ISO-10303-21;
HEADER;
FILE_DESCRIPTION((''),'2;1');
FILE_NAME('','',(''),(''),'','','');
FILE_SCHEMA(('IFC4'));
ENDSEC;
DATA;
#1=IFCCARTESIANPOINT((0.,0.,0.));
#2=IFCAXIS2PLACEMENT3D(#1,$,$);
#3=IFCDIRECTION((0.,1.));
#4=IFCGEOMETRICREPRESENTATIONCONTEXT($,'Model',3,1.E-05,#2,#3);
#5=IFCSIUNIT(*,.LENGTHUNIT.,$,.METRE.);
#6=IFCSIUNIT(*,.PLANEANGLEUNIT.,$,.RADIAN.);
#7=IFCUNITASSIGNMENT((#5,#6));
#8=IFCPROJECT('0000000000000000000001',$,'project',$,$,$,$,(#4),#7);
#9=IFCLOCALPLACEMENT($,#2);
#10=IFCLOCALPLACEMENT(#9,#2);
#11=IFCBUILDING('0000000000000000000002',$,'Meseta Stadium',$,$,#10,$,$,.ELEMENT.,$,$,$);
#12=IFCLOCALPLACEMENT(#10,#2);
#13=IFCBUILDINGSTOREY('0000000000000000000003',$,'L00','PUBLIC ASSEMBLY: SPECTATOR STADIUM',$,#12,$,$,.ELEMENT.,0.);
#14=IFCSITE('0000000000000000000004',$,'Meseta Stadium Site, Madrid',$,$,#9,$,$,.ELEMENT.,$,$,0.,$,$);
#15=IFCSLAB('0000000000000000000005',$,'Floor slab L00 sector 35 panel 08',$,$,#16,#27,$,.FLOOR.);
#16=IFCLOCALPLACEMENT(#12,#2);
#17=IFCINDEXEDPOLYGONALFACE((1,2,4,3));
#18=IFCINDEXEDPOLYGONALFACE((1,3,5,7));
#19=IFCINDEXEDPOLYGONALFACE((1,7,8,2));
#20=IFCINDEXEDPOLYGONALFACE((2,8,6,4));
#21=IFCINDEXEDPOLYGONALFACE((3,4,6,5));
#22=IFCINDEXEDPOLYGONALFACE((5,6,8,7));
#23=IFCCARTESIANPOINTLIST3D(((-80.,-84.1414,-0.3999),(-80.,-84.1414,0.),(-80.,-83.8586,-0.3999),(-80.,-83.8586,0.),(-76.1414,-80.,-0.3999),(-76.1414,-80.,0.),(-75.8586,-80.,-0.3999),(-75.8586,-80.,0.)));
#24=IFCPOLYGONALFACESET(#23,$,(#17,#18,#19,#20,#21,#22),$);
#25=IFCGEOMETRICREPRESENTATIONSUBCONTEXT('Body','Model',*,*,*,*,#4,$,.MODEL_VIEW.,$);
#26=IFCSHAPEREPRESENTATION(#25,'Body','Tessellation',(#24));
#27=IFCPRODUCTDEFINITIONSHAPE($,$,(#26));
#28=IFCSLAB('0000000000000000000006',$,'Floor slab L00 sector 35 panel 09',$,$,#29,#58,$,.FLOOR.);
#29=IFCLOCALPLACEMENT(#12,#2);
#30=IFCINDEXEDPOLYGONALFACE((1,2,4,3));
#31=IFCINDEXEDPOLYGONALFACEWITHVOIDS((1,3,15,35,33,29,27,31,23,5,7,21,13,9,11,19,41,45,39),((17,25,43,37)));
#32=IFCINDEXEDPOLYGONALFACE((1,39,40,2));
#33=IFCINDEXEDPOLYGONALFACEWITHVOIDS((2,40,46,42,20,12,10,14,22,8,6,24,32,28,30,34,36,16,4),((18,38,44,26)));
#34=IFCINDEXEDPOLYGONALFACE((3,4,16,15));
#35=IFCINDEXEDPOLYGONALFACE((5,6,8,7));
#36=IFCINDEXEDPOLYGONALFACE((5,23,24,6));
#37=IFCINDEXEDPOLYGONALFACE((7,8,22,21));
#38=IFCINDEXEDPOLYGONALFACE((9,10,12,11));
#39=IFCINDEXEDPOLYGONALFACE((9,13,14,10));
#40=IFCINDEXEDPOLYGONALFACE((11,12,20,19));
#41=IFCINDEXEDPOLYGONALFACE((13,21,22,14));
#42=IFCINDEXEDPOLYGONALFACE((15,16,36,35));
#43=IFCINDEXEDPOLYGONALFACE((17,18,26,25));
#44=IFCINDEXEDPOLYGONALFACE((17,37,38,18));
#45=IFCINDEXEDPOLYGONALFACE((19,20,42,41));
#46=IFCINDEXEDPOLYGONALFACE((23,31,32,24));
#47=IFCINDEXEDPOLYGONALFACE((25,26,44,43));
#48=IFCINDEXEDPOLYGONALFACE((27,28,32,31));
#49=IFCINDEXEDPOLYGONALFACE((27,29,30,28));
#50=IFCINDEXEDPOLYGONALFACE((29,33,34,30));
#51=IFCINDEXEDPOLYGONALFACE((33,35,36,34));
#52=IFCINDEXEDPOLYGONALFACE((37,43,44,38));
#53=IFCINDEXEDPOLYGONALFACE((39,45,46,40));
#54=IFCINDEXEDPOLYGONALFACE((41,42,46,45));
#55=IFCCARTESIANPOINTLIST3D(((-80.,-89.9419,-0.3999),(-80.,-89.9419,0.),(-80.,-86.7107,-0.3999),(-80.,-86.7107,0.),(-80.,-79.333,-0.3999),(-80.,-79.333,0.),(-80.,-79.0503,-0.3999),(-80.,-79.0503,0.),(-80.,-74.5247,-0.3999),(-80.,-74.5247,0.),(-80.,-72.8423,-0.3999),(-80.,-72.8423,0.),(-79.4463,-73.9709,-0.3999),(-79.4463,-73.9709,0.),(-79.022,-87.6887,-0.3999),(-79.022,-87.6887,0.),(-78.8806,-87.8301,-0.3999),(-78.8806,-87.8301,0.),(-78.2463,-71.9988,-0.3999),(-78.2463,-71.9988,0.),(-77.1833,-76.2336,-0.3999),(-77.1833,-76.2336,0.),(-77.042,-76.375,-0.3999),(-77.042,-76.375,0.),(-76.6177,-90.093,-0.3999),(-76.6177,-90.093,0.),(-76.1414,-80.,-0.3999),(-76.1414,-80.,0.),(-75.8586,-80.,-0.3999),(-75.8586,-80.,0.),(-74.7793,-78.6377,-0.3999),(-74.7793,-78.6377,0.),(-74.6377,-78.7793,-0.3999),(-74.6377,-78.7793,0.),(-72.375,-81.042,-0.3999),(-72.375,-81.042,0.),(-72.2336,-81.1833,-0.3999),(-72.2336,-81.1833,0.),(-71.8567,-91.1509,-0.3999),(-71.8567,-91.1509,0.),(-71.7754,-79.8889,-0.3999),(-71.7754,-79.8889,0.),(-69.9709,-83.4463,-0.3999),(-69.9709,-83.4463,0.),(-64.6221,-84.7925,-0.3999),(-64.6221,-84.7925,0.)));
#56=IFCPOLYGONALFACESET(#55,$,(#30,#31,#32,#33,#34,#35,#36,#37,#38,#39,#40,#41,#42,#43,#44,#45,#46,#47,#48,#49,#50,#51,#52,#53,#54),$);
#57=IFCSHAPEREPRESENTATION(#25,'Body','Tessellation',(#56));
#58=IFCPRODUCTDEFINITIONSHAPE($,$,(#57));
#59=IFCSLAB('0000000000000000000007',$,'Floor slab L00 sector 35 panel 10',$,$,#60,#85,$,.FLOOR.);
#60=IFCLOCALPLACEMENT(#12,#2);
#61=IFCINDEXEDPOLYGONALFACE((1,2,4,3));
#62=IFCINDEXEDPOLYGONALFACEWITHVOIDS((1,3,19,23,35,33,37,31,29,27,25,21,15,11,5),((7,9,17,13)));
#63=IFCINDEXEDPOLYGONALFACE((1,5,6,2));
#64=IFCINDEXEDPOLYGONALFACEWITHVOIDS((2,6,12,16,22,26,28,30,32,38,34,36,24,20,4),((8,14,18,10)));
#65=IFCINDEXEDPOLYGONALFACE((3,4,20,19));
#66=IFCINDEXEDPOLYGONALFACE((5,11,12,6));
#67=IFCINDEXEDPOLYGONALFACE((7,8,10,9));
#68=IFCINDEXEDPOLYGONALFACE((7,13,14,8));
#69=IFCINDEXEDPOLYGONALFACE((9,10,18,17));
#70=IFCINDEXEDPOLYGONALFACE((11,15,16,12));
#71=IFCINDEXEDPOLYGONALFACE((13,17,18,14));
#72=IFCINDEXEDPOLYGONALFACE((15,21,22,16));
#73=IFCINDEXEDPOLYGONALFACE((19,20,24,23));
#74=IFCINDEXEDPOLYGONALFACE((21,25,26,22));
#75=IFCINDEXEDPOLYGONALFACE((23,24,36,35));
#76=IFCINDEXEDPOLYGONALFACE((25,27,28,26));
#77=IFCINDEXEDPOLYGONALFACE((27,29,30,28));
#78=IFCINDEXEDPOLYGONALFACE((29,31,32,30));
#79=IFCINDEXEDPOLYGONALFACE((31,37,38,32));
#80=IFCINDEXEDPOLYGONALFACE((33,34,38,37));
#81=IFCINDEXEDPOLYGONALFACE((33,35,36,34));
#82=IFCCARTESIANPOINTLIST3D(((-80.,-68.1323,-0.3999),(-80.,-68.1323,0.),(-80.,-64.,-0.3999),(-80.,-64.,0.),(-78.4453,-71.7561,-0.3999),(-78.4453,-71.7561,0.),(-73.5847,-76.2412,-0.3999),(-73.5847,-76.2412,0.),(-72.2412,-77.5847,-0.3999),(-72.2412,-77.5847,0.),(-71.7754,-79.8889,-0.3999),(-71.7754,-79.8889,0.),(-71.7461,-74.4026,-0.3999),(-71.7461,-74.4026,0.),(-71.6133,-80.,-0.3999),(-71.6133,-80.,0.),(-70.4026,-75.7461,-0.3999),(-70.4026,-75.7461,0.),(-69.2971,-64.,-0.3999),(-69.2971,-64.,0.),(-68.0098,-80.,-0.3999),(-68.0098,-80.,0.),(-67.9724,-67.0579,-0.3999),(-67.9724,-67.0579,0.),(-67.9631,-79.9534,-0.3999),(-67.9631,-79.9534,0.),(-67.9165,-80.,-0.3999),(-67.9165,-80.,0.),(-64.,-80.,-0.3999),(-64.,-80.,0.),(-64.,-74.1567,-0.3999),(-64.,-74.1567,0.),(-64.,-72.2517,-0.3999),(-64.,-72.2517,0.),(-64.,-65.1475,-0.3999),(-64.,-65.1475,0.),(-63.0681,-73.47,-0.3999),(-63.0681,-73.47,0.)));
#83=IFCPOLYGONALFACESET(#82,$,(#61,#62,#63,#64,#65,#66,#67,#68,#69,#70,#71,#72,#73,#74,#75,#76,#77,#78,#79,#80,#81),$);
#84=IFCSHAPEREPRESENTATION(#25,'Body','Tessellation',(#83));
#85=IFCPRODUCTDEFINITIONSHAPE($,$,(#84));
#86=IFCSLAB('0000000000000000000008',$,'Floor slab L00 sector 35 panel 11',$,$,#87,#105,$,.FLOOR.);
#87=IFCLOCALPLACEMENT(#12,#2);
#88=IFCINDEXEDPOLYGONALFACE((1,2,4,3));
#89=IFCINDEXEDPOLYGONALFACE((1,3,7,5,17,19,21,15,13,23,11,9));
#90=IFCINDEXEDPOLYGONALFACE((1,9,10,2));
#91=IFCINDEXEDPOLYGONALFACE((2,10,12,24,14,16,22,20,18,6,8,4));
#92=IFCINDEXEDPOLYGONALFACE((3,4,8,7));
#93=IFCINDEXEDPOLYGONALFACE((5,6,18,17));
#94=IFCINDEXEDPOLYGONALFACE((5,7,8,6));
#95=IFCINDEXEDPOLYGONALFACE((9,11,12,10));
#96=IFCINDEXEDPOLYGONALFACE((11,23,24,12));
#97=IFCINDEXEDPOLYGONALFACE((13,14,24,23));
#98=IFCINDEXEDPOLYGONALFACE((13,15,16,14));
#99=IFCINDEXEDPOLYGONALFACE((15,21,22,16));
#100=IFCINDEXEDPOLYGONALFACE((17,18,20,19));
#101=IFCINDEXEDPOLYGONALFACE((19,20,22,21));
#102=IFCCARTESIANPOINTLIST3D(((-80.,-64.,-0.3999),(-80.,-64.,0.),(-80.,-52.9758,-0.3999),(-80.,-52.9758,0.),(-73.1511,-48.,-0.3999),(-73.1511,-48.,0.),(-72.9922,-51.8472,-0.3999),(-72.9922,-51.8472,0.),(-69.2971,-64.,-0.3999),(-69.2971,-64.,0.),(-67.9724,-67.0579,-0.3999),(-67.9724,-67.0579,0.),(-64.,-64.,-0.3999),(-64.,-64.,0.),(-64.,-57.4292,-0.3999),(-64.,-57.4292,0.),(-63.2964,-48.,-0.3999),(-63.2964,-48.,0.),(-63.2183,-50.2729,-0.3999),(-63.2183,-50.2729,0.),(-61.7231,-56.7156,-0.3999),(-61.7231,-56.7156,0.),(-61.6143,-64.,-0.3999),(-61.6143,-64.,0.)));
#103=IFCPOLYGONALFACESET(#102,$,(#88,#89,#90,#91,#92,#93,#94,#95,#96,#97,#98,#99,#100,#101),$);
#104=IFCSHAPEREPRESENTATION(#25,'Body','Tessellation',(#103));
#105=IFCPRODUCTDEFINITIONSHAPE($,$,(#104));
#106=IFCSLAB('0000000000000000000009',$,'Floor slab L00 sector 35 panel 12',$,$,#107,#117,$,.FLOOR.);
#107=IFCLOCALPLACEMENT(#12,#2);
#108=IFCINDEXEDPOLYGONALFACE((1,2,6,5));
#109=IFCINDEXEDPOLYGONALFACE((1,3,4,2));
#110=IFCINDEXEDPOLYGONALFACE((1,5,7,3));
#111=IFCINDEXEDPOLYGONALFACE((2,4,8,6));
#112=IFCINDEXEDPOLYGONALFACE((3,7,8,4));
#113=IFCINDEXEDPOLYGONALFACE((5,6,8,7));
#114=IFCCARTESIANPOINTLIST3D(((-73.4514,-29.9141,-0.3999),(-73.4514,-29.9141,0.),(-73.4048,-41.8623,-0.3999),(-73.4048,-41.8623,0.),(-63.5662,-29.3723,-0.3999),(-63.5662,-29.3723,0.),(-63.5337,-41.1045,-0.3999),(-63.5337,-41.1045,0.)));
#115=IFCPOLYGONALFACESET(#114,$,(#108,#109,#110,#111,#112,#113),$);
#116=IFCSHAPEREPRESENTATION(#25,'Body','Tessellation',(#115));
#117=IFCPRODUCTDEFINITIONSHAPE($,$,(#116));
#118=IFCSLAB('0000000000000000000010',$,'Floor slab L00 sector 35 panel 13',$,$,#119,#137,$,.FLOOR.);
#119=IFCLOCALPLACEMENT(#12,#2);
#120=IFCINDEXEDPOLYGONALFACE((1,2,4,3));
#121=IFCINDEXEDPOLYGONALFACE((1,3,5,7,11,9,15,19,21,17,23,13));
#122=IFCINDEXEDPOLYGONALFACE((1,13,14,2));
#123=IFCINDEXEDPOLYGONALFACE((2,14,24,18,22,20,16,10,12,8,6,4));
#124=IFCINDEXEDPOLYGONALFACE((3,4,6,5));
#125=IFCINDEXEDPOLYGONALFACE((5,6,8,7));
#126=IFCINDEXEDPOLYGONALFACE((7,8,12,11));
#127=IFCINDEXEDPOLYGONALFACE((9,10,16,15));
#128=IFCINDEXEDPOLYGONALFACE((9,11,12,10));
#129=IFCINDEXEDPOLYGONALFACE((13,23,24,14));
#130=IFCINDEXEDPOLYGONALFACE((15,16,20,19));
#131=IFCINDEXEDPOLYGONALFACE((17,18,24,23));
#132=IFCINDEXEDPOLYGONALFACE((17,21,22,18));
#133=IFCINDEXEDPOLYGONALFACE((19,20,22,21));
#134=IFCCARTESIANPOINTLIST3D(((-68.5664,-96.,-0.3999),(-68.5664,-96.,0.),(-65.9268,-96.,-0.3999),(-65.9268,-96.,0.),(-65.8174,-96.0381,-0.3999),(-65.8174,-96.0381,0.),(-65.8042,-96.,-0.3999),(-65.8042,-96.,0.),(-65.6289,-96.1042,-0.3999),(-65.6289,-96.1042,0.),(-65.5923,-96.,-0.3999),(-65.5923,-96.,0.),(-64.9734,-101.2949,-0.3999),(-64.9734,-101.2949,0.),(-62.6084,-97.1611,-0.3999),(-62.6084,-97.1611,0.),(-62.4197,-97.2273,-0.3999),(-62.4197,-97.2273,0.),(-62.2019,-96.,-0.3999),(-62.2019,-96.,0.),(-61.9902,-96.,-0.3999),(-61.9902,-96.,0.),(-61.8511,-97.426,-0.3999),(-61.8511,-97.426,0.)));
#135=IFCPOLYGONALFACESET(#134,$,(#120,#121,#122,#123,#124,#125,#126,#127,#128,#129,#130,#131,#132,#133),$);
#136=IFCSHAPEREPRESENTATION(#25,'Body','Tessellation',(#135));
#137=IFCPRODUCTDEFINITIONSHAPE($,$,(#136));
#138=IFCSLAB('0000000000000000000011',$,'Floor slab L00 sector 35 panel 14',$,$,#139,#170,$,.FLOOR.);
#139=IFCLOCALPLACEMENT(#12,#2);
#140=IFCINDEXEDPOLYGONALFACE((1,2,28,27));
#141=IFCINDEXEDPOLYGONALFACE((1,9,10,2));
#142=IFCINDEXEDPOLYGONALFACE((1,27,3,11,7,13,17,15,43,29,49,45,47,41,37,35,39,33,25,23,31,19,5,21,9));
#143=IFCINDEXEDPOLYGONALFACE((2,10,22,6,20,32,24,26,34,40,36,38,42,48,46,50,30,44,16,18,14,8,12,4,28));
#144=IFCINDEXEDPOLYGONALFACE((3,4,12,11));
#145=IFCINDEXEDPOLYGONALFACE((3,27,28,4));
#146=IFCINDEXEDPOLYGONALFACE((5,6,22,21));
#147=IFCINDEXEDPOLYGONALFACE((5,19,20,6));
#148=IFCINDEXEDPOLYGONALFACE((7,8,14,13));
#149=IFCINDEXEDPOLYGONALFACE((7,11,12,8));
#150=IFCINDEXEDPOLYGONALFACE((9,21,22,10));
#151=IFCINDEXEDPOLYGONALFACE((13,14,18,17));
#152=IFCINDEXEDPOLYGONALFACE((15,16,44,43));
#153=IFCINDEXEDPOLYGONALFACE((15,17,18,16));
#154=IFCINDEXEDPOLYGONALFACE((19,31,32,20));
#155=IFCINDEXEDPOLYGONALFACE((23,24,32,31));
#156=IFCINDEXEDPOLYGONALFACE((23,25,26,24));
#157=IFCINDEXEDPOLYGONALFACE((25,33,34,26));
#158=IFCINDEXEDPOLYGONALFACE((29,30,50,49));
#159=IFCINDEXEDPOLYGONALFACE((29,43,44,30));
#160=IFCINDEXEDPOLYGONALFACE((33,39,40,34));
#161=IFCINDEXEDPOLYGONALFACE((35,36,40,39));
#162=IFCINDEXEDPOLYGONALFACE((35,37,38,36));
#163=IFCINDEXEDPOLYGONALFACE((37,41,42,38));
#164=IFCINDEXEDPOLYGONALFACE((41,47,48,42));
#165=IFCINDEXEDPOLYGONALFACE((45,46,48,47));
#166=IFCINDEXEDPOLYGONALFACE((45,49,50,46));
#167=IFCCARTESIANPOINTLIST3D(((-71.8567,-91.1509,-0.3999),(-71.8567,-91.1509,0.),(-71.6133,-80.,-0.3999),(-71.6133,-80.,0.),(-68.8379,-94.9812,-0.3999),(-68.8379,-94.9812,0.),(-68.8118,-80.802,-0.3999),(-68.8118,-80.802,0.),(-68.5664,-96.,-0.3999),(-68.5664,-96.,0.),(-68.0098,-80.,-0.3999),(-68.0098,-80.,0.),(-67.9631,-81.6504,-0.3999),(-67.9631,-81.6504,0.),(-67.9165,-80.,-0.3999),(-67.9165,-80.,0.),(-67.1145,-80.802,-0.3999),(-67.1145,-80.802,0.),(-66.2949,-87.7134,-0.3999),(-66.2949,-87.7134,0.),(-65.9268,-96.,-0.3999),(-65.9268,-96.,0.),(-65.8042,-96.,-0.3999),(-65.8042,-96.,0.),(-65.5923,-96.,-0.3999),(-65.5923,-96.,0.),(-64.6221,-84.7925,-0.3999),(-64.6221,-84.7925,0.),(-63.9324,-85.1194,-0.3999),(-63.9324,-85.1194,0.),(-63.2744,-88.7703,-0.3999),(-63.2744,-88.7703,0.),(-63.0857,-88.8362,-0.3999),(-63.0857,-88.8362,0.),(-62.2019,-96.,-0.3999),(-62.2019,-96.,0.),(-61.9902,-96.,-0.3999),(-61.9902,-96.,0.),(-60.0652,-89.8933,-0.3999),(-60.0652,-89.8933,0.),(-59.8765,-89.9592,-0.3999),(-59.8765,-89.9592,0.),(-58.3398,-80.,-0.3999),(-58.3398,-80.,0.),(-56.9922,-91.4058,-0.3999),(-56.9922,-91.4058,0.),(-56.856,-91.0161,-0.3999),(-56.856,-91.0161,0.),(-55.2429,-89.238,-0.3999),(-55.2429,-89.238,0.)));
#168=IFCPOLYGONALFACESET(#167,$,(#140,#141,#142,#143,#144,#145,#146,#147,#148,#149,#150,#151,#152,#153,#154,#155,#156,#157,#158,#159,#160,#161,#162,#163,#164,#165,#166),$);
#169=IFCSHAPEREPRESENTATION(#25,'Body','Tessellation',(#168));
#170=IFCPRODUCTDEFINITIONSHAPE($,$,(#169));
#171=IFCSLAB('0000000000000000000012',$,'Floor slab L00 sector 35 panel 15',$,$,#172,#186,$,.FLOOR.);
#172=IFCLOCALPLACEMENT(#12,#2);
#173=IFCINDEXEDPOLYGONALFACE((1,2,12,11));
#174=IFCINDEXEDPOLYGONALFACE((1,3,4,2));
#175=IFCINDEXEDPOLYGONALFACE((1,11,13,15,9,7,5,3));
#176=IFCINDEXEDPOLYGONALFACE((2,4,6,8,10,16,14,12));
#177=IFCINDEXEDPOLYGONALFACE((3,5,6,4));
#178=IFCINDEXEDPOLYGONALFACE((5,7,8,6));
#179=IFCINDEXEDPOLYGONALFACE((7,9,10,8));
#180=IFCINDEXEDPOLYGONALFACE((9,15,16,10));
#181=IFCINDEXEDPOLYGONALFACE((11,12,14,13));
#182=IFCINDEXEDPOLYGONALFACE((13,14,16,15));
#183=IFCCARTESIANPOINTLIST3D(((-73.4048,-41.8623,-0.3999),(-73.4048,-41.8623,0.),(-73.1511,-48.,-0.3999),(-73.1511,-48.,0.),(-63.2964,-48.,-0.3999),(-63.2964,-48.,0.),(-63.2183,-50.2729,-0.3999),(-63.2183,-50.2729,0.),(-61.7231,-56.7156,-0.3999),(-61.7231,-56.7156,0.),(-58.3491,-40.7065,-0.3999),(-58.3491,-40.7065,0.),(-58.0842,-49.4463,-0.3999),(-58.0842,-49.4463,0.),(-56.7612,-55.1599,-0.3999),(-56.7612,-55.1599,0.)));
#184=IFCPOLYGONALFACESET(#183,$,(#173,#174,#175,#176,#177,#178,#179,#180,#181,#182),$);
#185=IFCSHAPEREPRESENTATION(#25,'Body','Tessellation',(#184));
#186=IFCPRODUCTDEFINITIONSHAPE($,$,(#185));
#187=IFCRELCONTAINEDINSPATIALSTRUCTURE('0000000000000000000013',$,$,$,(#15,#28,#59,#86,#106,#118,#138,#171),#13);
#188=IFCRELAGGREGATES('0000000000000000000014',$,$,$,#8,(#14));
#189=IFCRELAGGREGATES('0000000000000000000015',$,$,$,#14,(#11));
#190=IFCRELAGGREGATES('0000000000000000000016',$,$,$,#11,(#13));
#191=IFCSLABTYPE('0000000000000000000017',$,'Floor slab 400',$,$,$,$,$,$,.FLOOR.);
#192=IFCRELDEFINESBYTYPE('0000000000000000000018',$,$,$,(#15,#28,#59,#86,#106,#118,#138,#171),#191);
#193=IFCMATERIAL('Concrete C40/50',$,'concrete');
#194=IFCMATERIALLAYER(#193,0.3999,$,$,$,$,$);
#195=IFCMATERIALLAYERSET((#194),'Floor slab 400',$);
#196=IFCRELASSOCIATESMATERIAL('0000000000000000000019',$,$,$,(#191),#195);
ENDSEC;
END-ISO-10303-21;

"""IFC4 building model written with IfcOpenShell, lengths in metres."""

from ifc_helpers import new_model, si_unit, direction, frame, origin, place, context, subcontext, project, spatial, polyline, outline, extrude, material, layer, layer_set, type_object, element, save


model = new_model("IFC4")

# Units and contexts
model_context = context("Model", 3, precision=1e-05, world=origin(), true_north=direction((0.0, 1.0)))
body_context = subcontext(model_context, "Body", "Model", "MODEL_VIEW")
ifc_project = project(units=[si_unit("LENGTHUNIT", "METRE"), si_unit("PLANEANGLEUNIT", "RADIAN")], contexts=[model_context])

# Site, building, storey
site_placement = place(None, origin())
site = spatial("IfcSite", under=ifc_project, at=site_placement, Name="Meseta Stadium Site, Madrid", CompositionType="ELEMENT", RefElevation=0.0)
building_placement = place(site_placement, origin())
building = spatial("IfcBuilding", under=site, at=building_placement, Name="Meseta Stadium", CompositionType="ELEMENT")
storey_placement = place(building_placement, origin())
storey = spatial("IfcBuildingStorey", under=building, at=storey_placement, Name="L00", Description="PUBLIC ASSEMBLY: SPECTATOR STADIUM", CompositionType="ELEMENT", Elevation=0.0)

# Slabs
ifc_material = material(Name="Concrete C40/50", Category="concrete")
ifc_layer = layer(ifc_material, 0.3999)
ifc_layer_set = layer_set([ifc_layer], Name="Floor slab 400")
slab_type = type_object("IfcSlabType", Name="Floor slab 400", PredefinedType="FLOOR", material=ifc_layer_set)
slab_1_placement = place(storey_placement, frame((0.0, 0.0, -0.3999)))
element("IfcSlab", 1, at=slab_1_placement, inside=storey, type_object=slab_type, Name="Floor slab L00 sector 35 panel 08", PredefinedType="FLOOR", context=body_context, shape_type="SweptSolid", body=[
    extrude(outline(polyline([(-80.0, -83.8586), (-80.0, -84.1414), (-75.8586, -80.0), (-76.1414, -80.0), (-80.0, -83.8586)])), origin(), (0.0, 0.0, 1.0), 0.3999),
])
slab_2_placement = place(storey_placement, frame((0.0, 0.0, -0.3999)))
element("IfcSlab", 2, at=slab_2_placement, inside=storey, type_object=slab_type, Name="Floor slab L00 sector 35 panel 09", PredefinedType="FLOOR", context=body_context, shape_type="SweptSolid", body=[
    extrude(outline(polyline([(-74.7793, -78.6377), (-76.1414, -80.0), (-75.8586, -80.0), (-74.6377, -78.7793), (-72.375, -81.042), (-79.022, -87.6887), (-80.0, -86.7107), (-80.0, -89.9419), (-71.8567, -91.1509), (-64.6221, -84.7925), (-71.7754, -79.8889), (-78.2463, -71.9988), (-80.0, -72.8423), (-80.0, -74.5247), (-79.4463, -73.9709), (-77.1833, -76.2336), (-80.0, -79.0503), (-80.0, -79.333), (-77.042, -76.375), (-74.7793, -78.6377)]), holes=[polyline([(-78.8806, -87.8301), (-72.2336, -81.1833), (-69.9709, -83.4463), (-76.6177, -90.093), (-78.8806, -87.8301)])]), origin(), (0.0, 0.0, 1.0), 0.3999),
])
slab_3_placement = place(storey_placement, frame((0.0, 0.0, -0.3999)))
element("IfcSlab", 3, at=slab_3_placement, inside=storey, type_object=slab_type, Name="Floor slab L00 sector 35 panel 10", PredefinedType="FLOOR", context=body_context, shape_type="SweptSolid", body=[
    extrude(outline(polyline([(-64.0, -65.1475), (-67.9724, -67.0579), (-69.2971, -64.0), (-80.0, -64.0), (-80.0, -68.1323), (-78.4453, -71.7561), (-71.7754, -79.8889), (-71.6133, -80.0), (-68.0098, -80.0), (-67.9631, -79.9534), (-67.9165, -80.0), (-64.0, -80.0), (-64.0, -74.1567), (-63.0681, -73.47), (-64.0, -72.2517), (-64.0, -65.1475)]), holes=[polyline([(-73.5847, -76.2412), (-71.7461, -74.4026), (-70.4026, -75.7461), (-72.2412, -77.5847), (-73.5847, -76.2412)])]), origin(), (0.0, 0.0, 1.0), 0.3999),
])
slab_4_placement = place(storey_placement, frame((0.0, 0.0, -0.3999)))
element("IfcSlab", 4, at=slab_4_placement, inside=storey, type_object=slab_type, Name="Floor slab L00 sector 35 panel 11", PredefinedType="FLOOR", context=body_context, shape_type="SweptSolid", body=[
    extrude(outline(polyline([(-69.2971, -64.0), (-67.9724, -67.0579), (-61.6143, -64.0), (-64.0, -64.0), (-64.0, -57.4292), (-61.7231, -56.7156), (-63.2183, -50.2729), (-63.2964, -48.0), (-73.1511, -48.0), (-72.9922, -51.8472), (-80.0, -52.9758), (-80.0, -64.0), (-69.2971, -64.0)])), origin(), (0.0, 0.0, 1.0), 0.3999),
])
slab_5_placement = place(storey_placement, frame((0.0, 0.0, -0.3999)))
element("IfcSlab", 5, at=slab_5_placement, inside=storey, type_object=slab_type, Name="Floor slab L00 sector 35 panel 12", PredefinedType="FLOOR", context=body_context, shape_type="SweptSolid", body=[
    extrude(outline(polyline([(-63.5662, -29.3723), (-73.4514, -29.9141), (-73.4048, -41.8623), (-63.5337, -41.1045), (-63.5662, -29.3723)])), origin(), (0.0, 0.0, 1.0), 0.3999),
])
slab_6_placement = place(storey_placement, frame((0.0, 0.0, -0.3999)))
element("IfcSlab", 6, at=slab_6_placement, inside=storey, type_object=slab_type, Name="Floor slab L00 sector 35 panel 13", PredefinedType="FLOOR", context=body_context, shape_type="SweptSolid", body=[
    extrude(outline(polyline([(-65.8174, -96.0381), (-65.9268, -96.0), (-68.5664, -96.0), (-64.9734, -101.2949), (-61.8511, -97.426), (-62.4197, -97.2273), (-61.9902, -96.0), (-62.2019, -96.0), (-62.6084, -97.1611), (-65.6289, -96.1042), (-65.5923, -96.0), (-65.8042, -96.0), (-65.8174, -96.0381)])), origin(), (0.0, 0.0, 1.0), 0.3999),
])
slab_7_placement = place(storey_placement, frame((0.0, 0.0, -0.3999)))
element("IfcSlab", 7, at=slab_7_placement, inside=storey, type_object=slab_type, Name="Floor slab L00 sector 35 panel 14", PredefinedType="FLOOR", context=body_context, shape_type="SweptSolid", body=[
    extrude(outline(polyline([(-67.1145, -80.802), (-67.9631, -81.6504), (-68.8118, -80.802), (-68.0098, -80.0), (-71.6133, -80.0), (-64.6221, -84.7925), (-71.8567, -91.1509), (-68.5664, -96.0), (-65.9268, -96.0), (-68.8379, -94.9812), (-66.2949, -87.7134), (-63.2744, -88.7703), (-65.8042, -96.0), (-65.5923, -96.0), (-63.0857, -88.8362), (-60.0652, -89.8933), (-62.2019, -96.0), (-61.9902, -96.0), (-59.8765, -89.9592), (-56.856, -91.0161), (-56.9922, -91.4058), (-55.2429, -89.238), (-63.9324, -85.1194), (-58.3398, -80.0), (-67.9165, -80.0), (-67.1145, -80.802)])), origin(), (0.0, 0.0, 1.0), 0.3999),
])
slab_8_placement = place(storey_placement, frame((0.0, 0.0, -0.3999)))
element("IfcSlab", 8, at=slab_8_placement, inside=storey, type_object=slab_type, Name="Floor slab L00 sector 35 panel 15", PredefinedType="FLOOR", context=body_context, shape_type="SweptSolid", body=[
    extrude(outline(polyline([(-73.1511, -48.0), (-63.2964, -48.0), (-63.2183, -50.2729), (-61.7231, -56.7156), (-56.7612, -55.1599), (-58.0842, -49.4463), (-58.3491, -40.7065), (-73.4048, -41.8623), (-73.1511, -48.0)])), origin(), (0.0, 0.0, 1.0), 0.3999),
])

save(model, "model.ifc")
